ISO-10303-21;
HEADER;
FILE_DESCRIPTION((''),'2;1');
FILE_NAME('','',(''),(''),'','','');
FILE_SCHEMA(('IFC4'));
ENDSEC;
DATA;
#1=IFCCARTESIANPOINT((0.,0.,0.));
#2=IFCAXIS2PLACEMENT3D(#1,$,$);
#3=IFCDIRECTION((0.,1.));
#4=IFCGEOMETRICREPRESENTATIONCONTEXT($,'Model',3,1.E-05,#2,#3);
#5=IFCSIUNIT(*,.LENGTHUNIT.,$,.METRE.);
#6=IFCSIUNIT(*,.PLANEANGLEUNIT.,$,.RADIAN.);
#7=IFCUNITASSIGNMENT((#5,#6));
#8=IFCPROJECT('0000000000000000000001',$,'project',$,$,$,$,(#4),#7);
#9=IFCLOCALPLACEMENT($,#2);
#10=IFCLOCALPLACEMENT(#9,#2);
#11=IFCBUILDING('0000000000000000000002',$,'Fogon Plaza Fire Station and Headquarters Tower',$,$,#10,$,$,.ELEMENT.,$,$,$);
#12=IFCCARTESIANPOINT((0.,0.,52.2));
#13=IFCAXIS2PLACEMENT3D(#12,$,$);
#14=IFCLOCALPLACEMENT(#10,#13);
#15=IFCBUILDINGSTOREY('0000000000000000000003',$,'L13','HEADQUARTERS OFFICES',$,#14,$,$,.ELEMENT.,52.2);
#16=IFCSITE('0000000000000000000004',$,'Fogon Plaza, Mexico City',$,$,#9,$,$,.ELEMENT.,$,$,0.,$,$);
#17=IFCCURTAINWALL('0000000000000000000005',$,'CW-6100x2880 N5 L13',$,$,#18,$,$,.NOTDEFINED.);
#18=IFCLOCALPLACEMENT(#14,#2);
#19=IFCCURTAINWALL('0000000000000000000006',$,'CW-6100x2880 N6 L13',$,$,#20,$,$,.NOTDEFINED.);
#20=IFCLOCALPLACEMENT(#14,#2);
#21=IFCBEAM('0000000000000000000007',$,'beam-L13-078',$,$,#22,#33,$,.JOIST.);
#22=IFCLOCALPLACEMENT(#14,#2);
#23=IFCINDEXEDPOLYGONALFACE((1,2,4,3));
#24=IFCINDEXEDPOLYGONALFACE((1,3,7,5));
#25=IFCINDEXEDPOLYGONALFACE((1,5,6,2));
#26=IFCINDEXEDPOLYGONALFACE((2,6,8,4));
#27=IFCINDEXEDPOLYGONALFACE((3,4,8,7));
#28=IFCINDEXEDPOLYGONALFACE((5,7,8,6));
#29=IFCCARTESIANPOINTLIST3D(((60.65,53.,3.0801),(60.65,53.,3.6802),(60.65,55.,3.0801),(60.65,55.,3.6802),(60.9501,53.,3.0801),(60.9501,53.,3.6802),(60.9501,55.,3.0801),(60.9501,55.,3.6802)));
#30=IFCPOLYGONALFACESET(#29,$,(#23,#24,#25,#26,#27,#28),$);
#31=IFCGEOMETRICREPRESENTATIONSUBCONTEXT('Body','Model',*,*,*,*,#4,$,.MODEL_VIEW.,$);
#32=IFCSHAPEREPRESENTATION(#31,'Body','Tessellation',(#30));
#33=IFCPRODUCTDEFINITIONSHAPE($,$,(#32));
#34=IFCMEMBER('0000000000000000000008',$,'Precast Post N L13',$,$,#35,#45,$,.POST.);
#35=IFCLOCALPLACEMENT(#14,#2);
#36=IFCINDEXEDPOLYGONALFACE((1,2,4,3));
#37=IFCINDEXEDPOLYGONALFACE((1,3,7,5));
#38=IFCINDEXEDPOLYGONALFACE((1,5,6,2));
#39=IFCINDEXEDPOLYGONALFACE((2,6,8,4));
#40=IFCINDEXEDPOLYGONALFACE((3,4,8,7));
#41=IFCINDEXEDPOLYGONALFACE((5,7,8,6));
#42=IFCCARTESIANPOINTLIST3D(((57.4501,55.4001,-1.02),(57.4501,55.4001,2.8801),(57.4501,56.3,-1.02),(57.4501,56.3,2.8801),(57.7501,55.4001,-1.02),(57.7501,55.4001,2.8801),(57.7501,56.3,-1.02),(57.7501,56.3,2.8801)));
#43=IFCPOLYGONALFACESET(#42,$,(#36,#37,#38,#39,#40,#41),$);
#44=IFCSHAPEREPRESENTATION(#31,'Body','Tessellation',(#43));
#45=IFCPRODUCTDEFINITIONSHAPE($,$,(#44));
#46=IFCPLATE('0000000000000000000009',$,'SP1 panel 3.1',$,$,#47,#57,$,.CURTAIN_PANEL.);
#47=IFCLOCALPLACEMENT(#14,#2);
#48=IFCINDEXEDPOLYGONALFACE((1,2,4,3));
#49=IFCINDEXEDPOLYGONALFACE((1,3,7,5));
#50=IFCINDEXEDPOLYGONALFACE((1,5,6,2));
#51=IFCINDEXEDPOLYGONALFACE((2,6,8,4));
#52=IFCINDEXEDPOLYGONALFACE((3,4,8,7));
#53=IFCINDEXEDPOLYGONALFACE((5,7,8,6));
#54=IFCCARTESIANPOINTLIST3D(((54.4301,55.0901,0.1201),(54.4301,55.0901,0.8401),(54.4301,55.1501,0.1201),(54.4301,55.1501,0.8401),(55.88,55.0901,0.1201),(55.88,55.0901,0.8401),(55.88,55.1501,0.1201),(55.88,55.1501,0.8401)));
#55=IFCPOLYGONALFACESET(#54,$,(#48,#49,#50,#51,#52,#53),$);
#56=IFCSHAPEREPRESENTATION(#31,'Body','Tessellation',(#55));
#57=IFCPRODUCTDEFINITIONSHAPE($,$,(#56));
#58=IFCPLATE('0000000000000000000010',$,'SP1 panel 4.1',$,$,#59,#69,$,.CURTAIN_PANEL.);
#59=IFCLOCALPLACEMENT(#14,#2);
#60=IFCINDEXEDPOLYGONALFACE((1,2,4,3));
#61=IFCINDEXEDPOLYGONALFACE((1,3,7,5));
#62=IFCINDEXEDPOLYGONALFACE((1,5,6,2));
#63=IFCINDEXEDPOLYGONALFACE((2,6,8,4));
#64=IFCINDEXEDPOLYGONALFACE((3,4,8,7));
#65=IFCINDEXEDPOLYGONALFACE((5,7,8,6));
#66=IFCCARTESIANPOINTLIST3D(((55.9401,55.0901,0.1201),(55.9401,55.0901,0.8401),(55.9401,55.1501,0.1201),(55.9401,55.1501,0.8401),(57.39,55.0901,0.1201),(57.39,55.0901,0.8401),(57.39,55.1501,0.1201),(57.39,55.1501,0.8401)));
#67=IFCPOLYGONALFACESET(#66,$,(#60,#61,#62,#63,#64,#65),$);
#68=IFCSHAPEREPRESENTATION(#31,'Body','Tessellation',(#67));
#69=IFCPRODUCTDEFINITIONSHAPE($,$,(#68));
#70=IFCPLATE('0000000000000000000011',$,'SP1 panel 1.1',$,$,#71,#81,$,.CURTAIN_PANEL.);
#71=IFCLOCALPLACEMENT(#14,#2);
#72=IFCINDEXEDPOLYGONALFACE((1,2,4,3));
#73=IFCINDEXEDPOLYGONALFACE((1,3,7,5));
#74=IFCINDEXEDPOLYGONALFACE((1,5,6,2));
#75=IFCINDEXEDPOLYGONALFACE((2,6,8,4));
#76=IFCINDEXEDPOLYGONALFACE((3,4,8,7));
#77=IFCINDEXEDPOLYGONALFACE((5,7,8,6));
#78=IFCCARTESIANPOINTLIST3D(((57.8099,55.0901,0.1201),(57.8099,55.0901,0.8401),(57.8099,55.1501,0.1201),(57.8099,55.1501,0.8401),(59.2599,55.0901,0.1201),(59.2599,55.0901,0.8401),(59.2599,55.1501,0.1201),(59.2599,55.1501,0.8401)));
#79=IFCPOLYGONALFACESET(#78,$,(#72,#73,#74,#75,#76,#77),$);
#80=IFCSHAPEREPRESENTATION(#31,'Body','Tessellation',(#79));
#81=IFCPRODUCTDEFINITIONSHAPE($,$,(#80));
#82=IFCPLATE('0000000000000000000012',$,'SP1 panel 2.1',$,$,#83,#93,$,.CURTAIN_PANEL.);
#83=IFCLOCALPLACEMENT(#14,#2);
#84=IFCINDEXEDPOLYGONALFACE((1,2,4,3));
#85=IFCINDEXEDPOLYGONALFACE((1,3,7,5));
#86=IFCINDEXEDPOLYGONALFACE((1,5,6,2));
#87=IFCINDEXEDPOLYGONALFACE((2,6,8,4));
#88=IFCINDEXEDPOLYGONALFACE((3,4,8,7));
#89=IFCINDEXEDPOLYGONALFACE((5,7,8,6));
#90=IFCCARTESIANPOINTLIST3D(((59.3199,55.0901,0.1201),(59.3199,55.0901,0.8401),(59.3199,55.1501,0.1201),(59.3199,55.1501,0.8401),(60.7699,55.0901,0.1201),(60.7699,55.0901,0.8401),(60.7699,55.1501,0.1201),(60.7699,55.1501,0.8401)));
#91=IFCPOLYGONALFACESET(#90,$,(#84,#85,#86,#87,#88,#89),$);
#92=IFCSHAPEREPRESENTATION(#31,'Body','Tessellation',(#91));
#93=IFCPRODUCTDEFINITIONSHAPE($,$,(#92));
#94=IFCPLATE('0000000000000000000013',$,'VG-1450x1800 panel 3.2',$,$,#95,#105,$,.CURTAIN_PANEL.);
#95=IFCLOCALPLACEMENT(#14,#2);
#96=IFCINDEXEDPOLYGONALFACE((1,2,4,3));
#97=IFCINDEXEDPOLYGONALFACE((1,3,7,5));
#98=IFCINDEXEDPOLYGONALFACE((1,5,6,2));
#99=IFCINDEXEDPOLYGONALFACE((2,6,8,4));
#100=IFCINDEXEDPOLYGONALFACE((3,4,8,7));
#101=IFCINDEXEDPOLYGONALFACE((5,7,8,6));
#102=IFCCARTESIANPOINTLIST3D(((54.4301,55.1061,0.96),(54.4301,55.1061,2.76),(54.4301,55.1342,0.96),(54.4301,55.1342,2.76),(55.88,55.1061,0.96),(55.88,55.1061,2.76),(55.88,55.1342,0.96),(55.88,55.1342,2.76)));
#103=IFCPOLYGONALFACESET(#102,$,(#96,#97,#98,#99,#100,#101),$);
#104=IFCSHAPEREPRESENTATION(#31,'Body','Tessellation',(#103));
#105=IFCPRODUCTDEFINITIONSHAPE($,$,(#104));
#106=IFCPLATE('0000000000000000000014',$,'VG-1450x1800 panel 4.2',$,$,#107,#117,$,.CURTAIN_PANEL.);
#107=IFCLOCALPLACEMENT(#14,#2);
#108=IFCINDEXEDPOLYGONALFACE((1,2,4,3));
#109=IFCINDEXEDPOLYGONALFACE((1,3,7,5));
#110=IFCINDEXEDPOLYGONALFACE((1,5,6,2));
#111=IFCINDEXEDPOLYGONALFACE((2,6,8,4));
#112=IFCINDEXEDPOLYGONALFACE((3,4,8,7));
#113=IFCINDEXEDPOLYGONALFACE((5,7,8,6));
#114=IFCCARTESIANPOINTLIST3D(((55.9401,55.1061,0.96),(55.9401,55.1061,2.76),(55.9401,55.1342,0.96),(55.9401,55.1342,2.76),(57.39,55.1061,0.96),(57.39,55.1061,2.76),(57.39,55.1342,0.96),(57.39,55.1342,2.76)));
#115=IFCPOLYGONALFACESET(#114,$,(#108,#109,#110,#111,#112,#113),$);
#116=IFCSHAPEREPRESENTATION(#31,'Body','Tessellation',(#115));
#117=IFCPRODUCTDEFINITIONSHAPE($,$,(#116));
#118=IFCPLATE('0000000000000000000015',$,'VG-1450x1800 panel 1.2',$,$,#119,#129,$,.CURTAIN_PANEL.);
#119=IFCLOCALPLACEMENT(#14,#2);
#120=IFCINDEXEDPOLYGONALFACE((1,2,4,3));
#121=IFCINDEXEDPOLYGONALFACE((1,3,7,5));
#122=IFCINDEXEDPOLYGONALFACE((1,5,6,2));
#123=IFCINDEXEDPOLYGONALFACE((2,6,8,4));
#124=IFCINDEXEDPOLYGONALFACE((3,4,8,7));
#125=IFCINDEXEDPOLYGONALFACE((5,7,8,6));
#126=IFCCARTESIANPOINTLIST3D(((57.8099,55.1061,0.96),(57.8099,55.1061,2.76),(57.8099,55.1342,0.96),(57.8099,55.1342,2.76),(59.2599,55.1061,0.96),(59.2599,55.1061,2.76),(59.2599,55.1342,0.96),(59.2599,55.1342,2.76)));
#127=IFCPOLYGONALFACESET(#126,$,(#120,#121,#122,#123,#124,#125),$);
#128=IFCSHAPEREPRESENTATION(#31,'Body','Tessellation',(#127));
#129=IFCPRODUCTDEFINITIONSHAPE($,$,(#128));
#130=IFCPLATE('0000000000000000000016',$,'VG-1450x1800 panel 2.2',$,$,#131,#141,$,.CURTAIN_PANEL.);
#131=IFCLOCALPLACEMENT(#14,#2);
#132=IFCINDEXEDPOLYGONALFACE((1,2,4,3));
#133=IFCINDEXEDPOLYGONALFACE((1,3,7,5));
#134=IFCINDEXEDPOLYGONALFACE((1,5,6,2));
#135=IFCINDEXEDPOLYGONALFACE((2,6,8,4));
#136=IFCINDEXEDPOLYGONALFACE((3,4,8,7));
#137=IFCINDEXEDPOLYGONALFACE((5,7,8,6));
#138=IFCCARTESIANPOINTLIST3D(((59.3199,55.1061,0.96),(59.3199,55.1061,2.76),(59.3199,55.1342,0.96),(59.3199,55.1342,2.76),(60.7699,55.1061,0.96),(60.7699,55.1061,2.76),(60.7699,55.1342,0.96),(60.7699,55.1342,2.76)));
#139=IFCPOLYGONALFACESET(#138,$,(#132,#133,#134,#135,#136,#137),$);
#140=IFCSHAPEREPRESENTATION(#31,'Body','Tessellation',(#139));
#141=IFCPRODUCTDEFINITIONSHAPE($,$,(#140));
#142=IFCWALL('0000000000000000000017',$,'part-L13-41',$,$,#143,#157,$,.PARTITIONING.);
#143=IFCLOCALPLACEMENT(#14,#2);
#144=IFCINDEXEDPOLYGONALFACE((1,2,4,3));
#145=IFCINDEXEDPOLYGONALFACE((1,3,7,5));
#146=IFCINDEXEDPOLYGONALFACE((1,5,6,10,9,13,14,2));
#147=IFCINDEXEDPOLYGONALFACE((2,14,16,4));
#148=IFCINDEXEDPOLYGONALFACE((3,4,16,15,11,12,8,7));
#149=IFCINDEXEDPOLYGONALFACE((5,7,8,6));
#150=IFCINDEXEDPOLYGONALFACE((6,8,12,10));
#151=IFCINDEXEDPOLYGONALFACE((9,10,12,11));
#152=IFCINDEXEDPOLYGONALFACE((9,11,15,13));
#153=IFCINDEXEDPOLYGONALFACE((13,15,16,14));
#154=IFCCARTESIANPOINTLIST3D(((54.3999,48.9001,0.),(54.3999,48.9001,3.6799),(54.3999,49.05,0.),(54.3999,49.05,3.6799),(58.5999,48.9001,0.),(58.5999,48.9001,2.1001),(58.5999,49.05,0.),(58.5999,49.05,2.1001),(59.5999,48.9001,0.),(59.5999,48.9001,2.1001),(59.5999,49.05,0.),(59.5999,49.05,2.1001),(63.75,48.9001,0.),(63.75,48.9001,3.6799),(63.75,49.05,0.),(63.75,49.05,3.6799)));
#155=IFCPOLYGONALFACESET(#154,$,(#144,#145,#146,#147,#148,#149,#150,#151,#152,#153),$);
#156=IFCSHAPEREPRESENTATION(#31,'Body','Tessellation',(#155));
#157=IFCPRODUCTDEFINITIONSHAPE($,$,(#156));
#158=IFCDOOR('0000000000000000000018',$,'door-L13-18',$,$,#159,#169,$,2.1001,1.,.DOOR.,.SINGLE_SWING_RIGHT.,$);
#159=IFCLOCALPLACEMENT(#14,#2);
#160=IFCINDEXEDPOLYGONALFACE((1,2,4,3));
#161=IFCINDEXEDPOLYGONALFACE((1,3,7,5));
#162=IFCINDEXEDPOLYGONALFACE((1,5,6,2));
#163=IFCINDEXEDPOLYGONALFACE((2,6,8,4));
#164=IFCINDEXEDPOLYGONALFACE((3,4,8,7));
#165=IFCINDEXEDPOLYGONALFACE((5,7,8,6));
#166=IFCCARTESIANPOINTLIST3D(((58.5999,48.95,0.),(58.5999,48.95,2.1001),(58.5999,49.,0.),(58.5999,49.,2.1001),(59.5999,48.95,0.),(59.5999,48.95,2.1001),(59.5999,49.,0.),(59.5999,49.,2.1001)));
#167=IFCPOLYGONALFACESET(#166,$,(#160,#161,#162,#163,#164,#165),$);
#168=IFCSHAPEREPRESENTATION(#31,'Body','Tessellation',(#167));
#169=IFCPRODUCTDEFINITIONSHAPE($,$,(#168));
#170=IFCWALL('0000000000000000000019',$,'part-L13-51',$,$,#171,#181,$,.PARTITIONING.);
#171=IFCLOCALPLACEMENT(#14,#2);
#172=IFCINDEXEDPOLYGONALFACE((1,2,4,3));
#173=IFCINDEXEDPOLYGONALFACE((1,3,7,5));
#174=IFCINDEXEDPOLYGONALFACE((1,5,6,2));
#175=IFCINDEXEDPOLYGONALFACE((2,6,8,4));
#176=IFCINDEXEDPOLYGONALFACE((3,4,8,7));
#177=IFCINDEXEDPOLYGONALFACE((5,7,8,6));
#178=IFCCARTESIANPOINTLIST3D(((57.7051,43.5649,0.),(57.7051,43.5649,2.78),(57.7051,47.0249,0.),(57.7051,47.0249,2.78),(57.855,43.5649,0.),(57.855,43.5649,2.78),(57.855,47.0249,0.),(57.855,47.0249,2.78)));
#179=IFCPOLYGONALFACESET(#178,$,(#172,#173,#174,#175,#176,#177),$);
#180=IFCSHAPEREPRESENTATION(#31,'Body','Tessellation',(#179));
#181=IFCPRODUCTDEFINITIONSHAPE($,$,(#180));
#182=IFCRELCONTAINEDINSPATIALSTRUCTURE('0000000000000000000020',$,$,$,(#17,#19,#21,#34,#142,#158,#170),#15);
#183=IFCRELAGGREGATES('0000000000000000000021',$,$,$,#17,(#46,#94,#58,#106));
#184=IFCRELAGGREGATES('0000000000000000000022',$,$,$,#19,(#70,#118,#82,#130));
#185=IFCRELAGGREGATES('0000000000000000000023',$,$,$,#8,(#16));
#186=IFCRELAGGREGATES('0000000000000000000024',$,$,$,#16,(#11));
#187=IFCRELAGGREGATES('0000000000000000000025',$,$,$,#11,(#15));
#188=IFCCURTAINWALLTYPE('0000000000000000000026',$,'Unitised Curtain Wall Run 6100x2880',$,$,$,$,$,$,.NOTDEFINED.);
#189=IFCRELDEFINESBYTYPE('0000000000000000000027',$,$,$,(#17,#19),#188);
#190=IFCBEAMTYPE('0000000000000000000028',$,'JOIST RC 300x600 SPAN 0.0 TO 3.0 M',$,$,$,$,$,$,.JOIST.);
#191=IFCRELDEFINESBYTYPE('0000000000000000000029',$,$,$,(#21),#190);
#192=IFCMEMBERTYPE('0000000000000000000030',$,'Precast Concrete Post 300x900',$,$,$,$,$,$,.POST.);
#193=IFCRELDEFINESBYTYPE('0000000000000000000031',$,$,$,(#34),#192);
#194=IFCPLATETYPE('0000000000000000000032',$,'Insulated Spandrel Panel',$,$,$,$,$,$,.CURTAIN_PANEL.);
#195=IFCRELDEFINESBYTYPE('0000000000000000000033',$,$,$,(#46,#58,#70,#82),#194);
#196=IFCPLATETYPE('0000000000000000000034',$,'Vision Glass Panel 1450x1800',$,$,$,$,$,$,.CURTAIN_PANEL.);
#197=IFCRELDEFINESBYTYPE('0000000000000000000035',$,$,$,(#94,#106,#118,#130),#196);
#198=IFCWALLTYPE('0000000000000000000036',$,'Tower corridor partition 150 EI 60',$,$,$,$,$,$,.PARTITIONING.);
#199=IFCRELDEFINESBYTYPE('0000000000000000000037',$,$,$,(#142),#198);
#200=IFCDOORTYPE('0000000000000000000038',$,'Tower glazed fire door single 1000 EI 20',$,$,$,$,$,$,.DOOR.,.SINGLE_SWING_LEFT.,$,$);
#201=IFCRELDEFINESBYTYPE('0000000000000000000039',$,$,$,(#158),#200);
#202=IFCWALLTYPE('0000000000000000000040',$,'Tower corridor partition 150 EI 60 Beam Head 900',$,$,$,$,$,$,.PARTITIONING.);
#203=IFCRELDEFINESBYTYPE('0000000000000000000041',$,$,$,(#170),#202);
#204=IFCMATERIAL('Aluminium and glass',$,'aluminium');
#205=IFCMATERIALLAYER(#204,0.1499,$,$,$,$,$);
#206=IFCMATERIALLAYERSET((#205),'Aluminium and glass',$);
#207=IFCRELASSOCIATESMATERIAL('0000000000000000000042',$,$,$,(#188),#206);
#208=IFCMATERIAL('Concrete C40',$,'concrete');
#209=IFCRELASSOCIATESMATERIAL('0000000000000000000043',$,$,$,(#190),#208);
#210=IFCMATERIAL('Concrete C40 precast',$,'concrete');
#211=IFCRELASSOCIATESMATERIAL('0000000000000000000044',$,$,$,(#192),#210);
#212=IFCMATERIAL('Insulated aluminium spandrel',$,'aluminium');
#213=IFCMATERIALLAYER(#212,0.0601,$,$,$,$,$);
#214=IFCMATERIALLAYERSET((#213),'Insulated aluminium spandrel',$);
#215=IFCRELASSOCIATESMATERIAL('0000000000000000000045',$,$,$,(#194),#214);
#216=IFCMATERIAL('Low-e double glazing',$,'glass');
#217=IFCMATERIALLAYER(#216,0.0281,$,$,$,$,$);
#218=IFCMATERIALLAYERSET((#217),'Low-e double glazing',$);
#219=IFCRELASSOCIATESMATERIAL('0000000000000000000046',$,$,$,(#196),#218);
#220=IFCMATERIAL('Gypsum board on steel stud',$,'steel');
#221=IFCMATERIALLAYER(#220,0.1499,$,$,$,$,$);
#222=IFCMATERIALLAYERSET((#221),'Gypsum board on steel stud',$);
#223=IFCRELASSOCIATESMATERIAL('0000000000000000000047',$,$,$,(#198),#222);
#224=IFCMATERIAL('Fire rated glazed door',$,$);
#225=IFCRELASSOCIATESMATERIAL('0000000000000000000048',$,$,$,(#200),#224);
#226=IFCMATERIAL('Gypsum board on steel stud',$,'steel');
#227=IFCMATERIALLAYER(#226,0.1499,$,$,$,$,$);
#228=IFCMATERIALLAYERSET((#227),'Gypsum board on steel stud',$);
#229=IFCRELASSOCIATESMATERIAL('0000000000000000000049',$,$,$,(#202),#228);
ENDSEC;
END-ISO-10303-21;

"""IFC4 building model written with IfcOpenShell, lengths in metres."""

from ifc_helpers import new_model, si_unit, direction, frame, frame_2d, origin, origin_2d, place, context, subcontext, project, spatial, rectangle, extrude, material, layer, layer_set, material_profile, profile_set, type_object, element, fill, aggregate, save


model = new_model("IFC4")

# Units and contexts
model_context = context("Model", 3, precision=1e-05, world=origin(), true_north=direction((0.0, 1.0)))
body_context = subcontext(model_context, "Body", "Model", "MODEL_VIEW")
ifc_project = project(units=[si_unit("LENGTHUNIT", "METRE"), si_unit("PLANEANGLEUNIT", "RADIAN")], contexts=[model_context])

# Site, building, storey
site_placement = place(None, origin())
site = spatial("IfcSite", under=ifc_project, at=site_placement, Name="Fogon Plaza, Mexico City", CompositionType="ELEMENT", RefElevation=0.0)
building_placement = place(site_placement, origin())
building = spatial("IfcBuilding", under=site, at=building_placement, Name="Fogon Plaza Fire Station and Headquarters Tower", CompositionType="ELEMENT")
storey_placement = place(building_placement, frame((0.0, 0.0, 52.2)))
storey = spatial("IfcBuildingStorey", under=building, at=storey_placement, Name="L13", Description="HEADQUARTERS OFFICES", CompositionType="ELEMENT", Elevation=52.2)

# Curtain walls
ifc_material_1 = material(Name="Aluminium and glass", Category="aluminium")
ifc_layer_1 = layer(ifc_material_1, 0.1499)
ifc_layer_set_1 = layer_set([ifc_layer_1], Name="Aluminium and glass")
curtain_wall_type = type_object("IfcCurtainWallType", Name="Unitised Curtain Wall Run 6100x2880", PredefinedType="NOTDEFINED", material=ifc_layer_set_1)
curtain_wall_1_placement = place(storey_placement, origin())
curtain_wall_1 = element("IfcCurtainWall", 1, at=curtain_wall_1_placement, inside=storey, type_object=curtain_wall_type, Name="CW-6100x2880 N5 L13", PredefinedType="NOTDEFINED")
curtain_wall_2_placement = place(storey_placement, origin())
curtain_wall_2 = element("IfcCurtainWall", 2, at=curtain_wall_2_placement, inside=storey, type_object=curtain_wall_type, Name="CW-6100x2880 N6 L13", PredefinedType="NOTDEFINED")

# Beam
ifc_material_2 = material(Name="Concrete C40", Category="concrete")
ifc_material_profile_1 = material_profile(ifc_material_2, rectangle(XDim=0.3, YDim=0.6001, at=origin_2d()), Name="RC 300x600")
ifc_profile_set_1 = profile_set([ifc_material_profile_1], Name="Concrete C40")
beam_type_1 = type_object("IfcBeamType", Name="JOIST RC 300x600 SPAN 0.0 TO 3.0 M", PredefinedType="JOIST", material=ifc_profile_set_1)
beam_1_placement = place(storey_placement, frame((60.8, 53.0, 3.3801), z_axis=(0.0, 1.0, 0.0), x_axis=(-1.0, 0.0, 0.0)))
element("IfcBeam", 3, at=beam_1_placement, inside=storey, type_object=beam_type_1, Name="beam-L13-078", PredefinedType="JOIST", context=body_context, shape_type="SweptSolid", body=[
    extrude(rectangle(XDim=0.3, YDim=0.6001, at=origin_2d()), origin(), (0.0, 0.0, 1.0), 2.0),
])

# Member
ifc_material_3 = material(Name="Concrete C40 precast", Category="concrete")
ifc_material_profile_2 = material_profile(ifc_material_3, rectangle(XDim=0.3, YDim=0.8999, at=origin_2d()), Name="Precast Concrete Post 300x900")
ifc_profile_set_2 = profile_set([ifc_material_profile_2], Name="Concrete C40 precast")
member_type_1 = type_object("IfcMemberType", Name="Precast Concrete Post 300x900", PredefinedType="POST", material=ifc_profile_set_2)
member_1_placement = place(storey_placement, frame((57.6001, 55.8501, -1.02), z_axis=(0.0, 0.0, 1.0), x_axis=(1.0, 0.0, 0.0)))
element("IfcMember", 4, at=member_1_placement, inside=storey, type_object=member_type_1, Name="Precast Post N L13", PredefinedType="POST", context=body_context, shape_type="SweptSolid", body=[
    extrude(rectangle(XDim=0.3, YDim=0.8999, at=origin_2d()), origin(), (0.0, 0.0, 1.0), 3.9001),
])

# Plates
ifc_material_4 = material(Name="Insulated aluminium spandrel", Category="aluminium")
ifc_layer_2 = layer(ifc_material_4, 0.0601)
ifc_layer_set_2 = layer_set([ifc_layer_2], Name="Insulated aluminium spandrel")
plate_type_1 = type_object("IfcPlateType", Name="Insulated Spandrel Panel", PredefinedType="CURTAIN_PANEL", material=ifc_layer_set_2)
plate_1_placement = place(storey_placement, frame((55.155, 55.1201, 0.1201), z_axis=(0.0, 0.0, 1.0), x_axis=(1.0, 0.0, 0.0)))
plate_1 = element("IfcPlate", 5, at=plate_1_placement, type_object=plate_type_1, Name="SP1 panel 3.1", PredefinedType="CURTAIN_PANEL", context=body_context, shape_type="SweptSolid", body=[
    extrude(rectangle(XDim=1.45, YDim=0.0601, at=origin_2d()), origin(), (0.0, 0.0, 1.0), 0.72),
])
plate_2_placement = place(storey_placement, frame((56.665, 55.1201, 0.1201), z_axis=(0.0, 0.0, 1.0), x_axis=(1.0, 0.0, 0.0)))
plate_2 = element("IfcPlate", 6, at=plate_2_placement, type_object=plate_type_1, Name="SP1 panel 4.1", PredefinedType="CURTAIN_PANEL", context=body_context, shape_type="SweptSolid", body=[
    extrude(rectangle(XDim=1.45, YDim=0.0601, at=origin_2d()), origin(), (0.0, 0.0, 1.0), 0.72),
])
plate_3_placement = place(storey_placement, frame((58.5349, 55.1201, 0.1201), z_axis=(0.0, 0.0, 1.0), x_axis=(1.0, 0.0, 0.0)))
plate_3 = element("IfcPlate", 7, at=plate_3_placement, type_object=plate_type_1, Name="SP1 panel 1.1", PredefinedType="CURTAIN_PANEL", context=body_context, shape_type="SweptSolid", body=[
    extrude(rectangle(XDim=1.45, YDim=0.0601, at=origin_2d()), origin(), (0.0, 0.0, 1.0), 0.72),
])
plate_4_placement = place(storey_placement, frame((60.0449, 55.1201, 0.1201), z_axis=(0.0, 0.0, 1.0), x_axis=(1.0, 0.0, 0.0)))
plate_4 = element("IfcPlate", 8, at=plate_4_placement, type_object=plate_type_1, Name="SP1 panel 2.1", PredefinedType="CURTAIN_PANEL", context=body_context, shape_type="SweptSolid", body=[
    extrude(rectangle(XDim=1.45, YDim=0.0601, at=origin_2d()), origin(), (0.0, 0.0, 1.0), 0.72),
])
ifc_material_5 = material(Name="Low-e double glazing", Category="glass")
ifc_layer_3 = layer(ifc_material_5, 0.0281)
ifc_layer_set_3 = layer_set([ifc_layer_3], Name="Low-e double glazing")
plate_type_2 = type_object("IfcPlateType", Name="Vision Glass Panel 1450x1800", PredefinedType="CURTAIN_PANEL", material=ifc_layer_set_3)
plate_5_placement = place(storey_placement, frame((55.155, 55.1201, 0.96), z_axis=(0.0, 0.0, 1.0), x_axis=(1.0, 0.0, 0.0)))
plate_5 = element("IfcPlate", 9, at=plate_5_placement, type_object=plate_type_2, Name="VG-1450x1800 panel 3.2", PredefinedType="CURTAIN_PANEL", context=body_context, shape_type="SweptSolid", body=[
    extrude(rectangle(XDim=1.45, YDim=0.0281, at=origin_2d()), origin(), (0.0, 0.0, 1.0), 1.8),
])
plate_6_placement = place(storey_placement, frame((56.665, 55.1201, 0.96), z_axis=(0.0, 0.0, 1.0), x_axis=(1.0, 0.0, 0.0)))
plate_6 = element("IfcPlate", 10, at=plate_6_placement, type_object=plate_type_2, Name="VG-1450x1800 panel 4.2", PredefinedType="CURTAIN_PANEL", context=body_context, shape_type="SweptSolid", body=[
    extrude(rectangle(XDim=1.45, YDim=0.0281, at=origin_2d()), origin(), (0.0, 0.0, 1.0), 1.8),
])
aggregate(curtain_wall_1, [plate_1, plate_5, plate_2, plate_6])
plate_7_placement = place(storey_placement, frame((58.5349, 55.1201, 0.96), z_axis=(0.0, 0.0, 1.0), x_axis=(1.0, 0.0, 0.0)))
plate_7 = element("IfcPlate", 11, at=plate_7_placement, type_object=plate_type_2, Name="VG-1450x1800 panel 1.2", PredefinedType="CURTAIN_PANEL", context=body_context, shape_type="SweptSolid", body=[
    extrude(rectangle(XDim=1.45, YDim=0.0281, at=origin_2d()), origin(), (0.0, 0.0, 1.0), 1.8),
])
plate_8_placement = place(storey_placement, frame((60.0449, 55.1201, 0.96), z_axis=(0.0, 0.0, 1.0), x_axis=(1.0, 0.0, 0.0)))
plate_8 = element("IfcPlate", 12, at=plate_8_placement, type_object=plate_type_2, Name="VG-1450x1800 panel 2.2", PredefinedType="CURTAIN_PANEL", context=body_context, shape_type="SweptSolid", body=[
    extrude(rectangle(XDim=1.45, YDim=0.0281, at=origin_2d()), origin(), (0.0, 0.0, 1.0), 1.8),
])
aggregate(curtain_wall_2, [plate_3, plate_7, plate_4, plate_8])

# Wall, opening, door
ifc_material_6 = material(Name="Gypsum board on steel stud", Category="steel")
ifc_layer_4 = layer(ifc_material_6, 0.1499)
ifc_layer_set_4 = layer_set([ifc_layer_4], Name="Gypsum board on steel stud")
wall_type_1 = type_object("IfcWallType", Name="Tower corridor partition 150 EI 60", PredefinedType="PARTITIONING", material=ifc_layer_set_4)
wall_1_placement = place(storey_placement, frame((54.3999, 48.9751, 0.0), z_axis=(0.0, 0.0, 1.0), x_axis=(1.0, 0.0, 0.0)))
wall_1 = element("IfcWall", 13, at=wall_1_placement, inside=storey, type_object=wall_type_1, Name="part-L13-41", PredefinedType="PARTITIONING", context=body_context, shape_type="SweptSolid", body=[
    extrude(rectangle(XDim=9.3501, YDim=0.1499, at=frame_2d((4.675, 0.0))), origin(), (0.0, 0.0, 1.0), 3.6799),
])
opening_placement = place(wall_1_placement, frame((4.2, 0.0, 0.0)))
opening = element("IfcOpeningElement", 14, at=opening_placement, cuts=wall_1, PredefinedType="OPENING", context=body_context, shape_type="SweptSolid", body=[
    extrude(rectangle(XDim=1.0, YDim=2.1001, at=frame_2d((0.5, 1.05))), frame((0.0, 0.085, 0.0), z_axis=(0.0, -1.0, 0.0), x_axis=(1.0, 0.0, 0.0)), (0.0, 0.0, 1.0), 0.1699),
])
ifc_material_7 = material(Name="Fire rated glazed door")
door_type = type_object("IfcDoorType", Name="Tower glazed fire door single 1000 EI 20", OperationType="SINGLE_SWING_LEFT", PredefinedType="DOOR", material=ifc_material_7)
door_placement = place(opening_placement, origin())
door = element("IfcDoor", 15, at=door_placement, inside=storey, type_object=door_type, Name="door-L13-18", OperationType="SINGLE_SWING_RIGHT", OverallHeight=2.1001, OverallWidth=1.0, PredefinedType="DOOR", context=body_context, shape_type="SweptSolid", body=[
    extrude(rectangle(XDim=1.0, YDim=2.1001, at=frame_2d((0.5, 1.05))), frame((0.0, 0.0249, 0.0), z_axis=(0.0, -1.0, 0.0), x_axis=(1.0, 0.0, 0.0)), (0.0, 0.0, 1.0), 0.05),
])
fill(opening, door)

# Wall
ifc_material_8 = material(Name="Gypsum board on steel stud", Category="steel")
ifc_layer_5 = layer(ifc_material_8, 0.1499)
ifc_layer_set_5 = layer_set([ifc_layer_5], Name="Gypsum board on steel stud")
wall_type_2 = type_object("IfcWallType", Name="Tower corridor partition 150 EI 60 Beam Head 900", PredefinedType="PARTITIONING", material=ifc_layer_set_5)
wall_2_placement = place(storey_placement, frame((57.78, 43.5649, 0.0), z_axis=(0.0, 0.0, 1.0), x_axis=(0.0, 1.0, 0.0)))
element("IfcWall", 16, at=wall_2_placement, inside=storey, type_object=wall_type_2, Name="part-L13-51", PredefinedType="PARTITIONING", context=body_context, shape_type="SweptSolid", body=[
    extrude(rectangle(XDim=3.46, YDim=0.1499, at=frame_2d((1.73, 0.0))), origin(), (0.0, 0.0, 1.0), 2.78),
])

save(model, "model.ifc")
